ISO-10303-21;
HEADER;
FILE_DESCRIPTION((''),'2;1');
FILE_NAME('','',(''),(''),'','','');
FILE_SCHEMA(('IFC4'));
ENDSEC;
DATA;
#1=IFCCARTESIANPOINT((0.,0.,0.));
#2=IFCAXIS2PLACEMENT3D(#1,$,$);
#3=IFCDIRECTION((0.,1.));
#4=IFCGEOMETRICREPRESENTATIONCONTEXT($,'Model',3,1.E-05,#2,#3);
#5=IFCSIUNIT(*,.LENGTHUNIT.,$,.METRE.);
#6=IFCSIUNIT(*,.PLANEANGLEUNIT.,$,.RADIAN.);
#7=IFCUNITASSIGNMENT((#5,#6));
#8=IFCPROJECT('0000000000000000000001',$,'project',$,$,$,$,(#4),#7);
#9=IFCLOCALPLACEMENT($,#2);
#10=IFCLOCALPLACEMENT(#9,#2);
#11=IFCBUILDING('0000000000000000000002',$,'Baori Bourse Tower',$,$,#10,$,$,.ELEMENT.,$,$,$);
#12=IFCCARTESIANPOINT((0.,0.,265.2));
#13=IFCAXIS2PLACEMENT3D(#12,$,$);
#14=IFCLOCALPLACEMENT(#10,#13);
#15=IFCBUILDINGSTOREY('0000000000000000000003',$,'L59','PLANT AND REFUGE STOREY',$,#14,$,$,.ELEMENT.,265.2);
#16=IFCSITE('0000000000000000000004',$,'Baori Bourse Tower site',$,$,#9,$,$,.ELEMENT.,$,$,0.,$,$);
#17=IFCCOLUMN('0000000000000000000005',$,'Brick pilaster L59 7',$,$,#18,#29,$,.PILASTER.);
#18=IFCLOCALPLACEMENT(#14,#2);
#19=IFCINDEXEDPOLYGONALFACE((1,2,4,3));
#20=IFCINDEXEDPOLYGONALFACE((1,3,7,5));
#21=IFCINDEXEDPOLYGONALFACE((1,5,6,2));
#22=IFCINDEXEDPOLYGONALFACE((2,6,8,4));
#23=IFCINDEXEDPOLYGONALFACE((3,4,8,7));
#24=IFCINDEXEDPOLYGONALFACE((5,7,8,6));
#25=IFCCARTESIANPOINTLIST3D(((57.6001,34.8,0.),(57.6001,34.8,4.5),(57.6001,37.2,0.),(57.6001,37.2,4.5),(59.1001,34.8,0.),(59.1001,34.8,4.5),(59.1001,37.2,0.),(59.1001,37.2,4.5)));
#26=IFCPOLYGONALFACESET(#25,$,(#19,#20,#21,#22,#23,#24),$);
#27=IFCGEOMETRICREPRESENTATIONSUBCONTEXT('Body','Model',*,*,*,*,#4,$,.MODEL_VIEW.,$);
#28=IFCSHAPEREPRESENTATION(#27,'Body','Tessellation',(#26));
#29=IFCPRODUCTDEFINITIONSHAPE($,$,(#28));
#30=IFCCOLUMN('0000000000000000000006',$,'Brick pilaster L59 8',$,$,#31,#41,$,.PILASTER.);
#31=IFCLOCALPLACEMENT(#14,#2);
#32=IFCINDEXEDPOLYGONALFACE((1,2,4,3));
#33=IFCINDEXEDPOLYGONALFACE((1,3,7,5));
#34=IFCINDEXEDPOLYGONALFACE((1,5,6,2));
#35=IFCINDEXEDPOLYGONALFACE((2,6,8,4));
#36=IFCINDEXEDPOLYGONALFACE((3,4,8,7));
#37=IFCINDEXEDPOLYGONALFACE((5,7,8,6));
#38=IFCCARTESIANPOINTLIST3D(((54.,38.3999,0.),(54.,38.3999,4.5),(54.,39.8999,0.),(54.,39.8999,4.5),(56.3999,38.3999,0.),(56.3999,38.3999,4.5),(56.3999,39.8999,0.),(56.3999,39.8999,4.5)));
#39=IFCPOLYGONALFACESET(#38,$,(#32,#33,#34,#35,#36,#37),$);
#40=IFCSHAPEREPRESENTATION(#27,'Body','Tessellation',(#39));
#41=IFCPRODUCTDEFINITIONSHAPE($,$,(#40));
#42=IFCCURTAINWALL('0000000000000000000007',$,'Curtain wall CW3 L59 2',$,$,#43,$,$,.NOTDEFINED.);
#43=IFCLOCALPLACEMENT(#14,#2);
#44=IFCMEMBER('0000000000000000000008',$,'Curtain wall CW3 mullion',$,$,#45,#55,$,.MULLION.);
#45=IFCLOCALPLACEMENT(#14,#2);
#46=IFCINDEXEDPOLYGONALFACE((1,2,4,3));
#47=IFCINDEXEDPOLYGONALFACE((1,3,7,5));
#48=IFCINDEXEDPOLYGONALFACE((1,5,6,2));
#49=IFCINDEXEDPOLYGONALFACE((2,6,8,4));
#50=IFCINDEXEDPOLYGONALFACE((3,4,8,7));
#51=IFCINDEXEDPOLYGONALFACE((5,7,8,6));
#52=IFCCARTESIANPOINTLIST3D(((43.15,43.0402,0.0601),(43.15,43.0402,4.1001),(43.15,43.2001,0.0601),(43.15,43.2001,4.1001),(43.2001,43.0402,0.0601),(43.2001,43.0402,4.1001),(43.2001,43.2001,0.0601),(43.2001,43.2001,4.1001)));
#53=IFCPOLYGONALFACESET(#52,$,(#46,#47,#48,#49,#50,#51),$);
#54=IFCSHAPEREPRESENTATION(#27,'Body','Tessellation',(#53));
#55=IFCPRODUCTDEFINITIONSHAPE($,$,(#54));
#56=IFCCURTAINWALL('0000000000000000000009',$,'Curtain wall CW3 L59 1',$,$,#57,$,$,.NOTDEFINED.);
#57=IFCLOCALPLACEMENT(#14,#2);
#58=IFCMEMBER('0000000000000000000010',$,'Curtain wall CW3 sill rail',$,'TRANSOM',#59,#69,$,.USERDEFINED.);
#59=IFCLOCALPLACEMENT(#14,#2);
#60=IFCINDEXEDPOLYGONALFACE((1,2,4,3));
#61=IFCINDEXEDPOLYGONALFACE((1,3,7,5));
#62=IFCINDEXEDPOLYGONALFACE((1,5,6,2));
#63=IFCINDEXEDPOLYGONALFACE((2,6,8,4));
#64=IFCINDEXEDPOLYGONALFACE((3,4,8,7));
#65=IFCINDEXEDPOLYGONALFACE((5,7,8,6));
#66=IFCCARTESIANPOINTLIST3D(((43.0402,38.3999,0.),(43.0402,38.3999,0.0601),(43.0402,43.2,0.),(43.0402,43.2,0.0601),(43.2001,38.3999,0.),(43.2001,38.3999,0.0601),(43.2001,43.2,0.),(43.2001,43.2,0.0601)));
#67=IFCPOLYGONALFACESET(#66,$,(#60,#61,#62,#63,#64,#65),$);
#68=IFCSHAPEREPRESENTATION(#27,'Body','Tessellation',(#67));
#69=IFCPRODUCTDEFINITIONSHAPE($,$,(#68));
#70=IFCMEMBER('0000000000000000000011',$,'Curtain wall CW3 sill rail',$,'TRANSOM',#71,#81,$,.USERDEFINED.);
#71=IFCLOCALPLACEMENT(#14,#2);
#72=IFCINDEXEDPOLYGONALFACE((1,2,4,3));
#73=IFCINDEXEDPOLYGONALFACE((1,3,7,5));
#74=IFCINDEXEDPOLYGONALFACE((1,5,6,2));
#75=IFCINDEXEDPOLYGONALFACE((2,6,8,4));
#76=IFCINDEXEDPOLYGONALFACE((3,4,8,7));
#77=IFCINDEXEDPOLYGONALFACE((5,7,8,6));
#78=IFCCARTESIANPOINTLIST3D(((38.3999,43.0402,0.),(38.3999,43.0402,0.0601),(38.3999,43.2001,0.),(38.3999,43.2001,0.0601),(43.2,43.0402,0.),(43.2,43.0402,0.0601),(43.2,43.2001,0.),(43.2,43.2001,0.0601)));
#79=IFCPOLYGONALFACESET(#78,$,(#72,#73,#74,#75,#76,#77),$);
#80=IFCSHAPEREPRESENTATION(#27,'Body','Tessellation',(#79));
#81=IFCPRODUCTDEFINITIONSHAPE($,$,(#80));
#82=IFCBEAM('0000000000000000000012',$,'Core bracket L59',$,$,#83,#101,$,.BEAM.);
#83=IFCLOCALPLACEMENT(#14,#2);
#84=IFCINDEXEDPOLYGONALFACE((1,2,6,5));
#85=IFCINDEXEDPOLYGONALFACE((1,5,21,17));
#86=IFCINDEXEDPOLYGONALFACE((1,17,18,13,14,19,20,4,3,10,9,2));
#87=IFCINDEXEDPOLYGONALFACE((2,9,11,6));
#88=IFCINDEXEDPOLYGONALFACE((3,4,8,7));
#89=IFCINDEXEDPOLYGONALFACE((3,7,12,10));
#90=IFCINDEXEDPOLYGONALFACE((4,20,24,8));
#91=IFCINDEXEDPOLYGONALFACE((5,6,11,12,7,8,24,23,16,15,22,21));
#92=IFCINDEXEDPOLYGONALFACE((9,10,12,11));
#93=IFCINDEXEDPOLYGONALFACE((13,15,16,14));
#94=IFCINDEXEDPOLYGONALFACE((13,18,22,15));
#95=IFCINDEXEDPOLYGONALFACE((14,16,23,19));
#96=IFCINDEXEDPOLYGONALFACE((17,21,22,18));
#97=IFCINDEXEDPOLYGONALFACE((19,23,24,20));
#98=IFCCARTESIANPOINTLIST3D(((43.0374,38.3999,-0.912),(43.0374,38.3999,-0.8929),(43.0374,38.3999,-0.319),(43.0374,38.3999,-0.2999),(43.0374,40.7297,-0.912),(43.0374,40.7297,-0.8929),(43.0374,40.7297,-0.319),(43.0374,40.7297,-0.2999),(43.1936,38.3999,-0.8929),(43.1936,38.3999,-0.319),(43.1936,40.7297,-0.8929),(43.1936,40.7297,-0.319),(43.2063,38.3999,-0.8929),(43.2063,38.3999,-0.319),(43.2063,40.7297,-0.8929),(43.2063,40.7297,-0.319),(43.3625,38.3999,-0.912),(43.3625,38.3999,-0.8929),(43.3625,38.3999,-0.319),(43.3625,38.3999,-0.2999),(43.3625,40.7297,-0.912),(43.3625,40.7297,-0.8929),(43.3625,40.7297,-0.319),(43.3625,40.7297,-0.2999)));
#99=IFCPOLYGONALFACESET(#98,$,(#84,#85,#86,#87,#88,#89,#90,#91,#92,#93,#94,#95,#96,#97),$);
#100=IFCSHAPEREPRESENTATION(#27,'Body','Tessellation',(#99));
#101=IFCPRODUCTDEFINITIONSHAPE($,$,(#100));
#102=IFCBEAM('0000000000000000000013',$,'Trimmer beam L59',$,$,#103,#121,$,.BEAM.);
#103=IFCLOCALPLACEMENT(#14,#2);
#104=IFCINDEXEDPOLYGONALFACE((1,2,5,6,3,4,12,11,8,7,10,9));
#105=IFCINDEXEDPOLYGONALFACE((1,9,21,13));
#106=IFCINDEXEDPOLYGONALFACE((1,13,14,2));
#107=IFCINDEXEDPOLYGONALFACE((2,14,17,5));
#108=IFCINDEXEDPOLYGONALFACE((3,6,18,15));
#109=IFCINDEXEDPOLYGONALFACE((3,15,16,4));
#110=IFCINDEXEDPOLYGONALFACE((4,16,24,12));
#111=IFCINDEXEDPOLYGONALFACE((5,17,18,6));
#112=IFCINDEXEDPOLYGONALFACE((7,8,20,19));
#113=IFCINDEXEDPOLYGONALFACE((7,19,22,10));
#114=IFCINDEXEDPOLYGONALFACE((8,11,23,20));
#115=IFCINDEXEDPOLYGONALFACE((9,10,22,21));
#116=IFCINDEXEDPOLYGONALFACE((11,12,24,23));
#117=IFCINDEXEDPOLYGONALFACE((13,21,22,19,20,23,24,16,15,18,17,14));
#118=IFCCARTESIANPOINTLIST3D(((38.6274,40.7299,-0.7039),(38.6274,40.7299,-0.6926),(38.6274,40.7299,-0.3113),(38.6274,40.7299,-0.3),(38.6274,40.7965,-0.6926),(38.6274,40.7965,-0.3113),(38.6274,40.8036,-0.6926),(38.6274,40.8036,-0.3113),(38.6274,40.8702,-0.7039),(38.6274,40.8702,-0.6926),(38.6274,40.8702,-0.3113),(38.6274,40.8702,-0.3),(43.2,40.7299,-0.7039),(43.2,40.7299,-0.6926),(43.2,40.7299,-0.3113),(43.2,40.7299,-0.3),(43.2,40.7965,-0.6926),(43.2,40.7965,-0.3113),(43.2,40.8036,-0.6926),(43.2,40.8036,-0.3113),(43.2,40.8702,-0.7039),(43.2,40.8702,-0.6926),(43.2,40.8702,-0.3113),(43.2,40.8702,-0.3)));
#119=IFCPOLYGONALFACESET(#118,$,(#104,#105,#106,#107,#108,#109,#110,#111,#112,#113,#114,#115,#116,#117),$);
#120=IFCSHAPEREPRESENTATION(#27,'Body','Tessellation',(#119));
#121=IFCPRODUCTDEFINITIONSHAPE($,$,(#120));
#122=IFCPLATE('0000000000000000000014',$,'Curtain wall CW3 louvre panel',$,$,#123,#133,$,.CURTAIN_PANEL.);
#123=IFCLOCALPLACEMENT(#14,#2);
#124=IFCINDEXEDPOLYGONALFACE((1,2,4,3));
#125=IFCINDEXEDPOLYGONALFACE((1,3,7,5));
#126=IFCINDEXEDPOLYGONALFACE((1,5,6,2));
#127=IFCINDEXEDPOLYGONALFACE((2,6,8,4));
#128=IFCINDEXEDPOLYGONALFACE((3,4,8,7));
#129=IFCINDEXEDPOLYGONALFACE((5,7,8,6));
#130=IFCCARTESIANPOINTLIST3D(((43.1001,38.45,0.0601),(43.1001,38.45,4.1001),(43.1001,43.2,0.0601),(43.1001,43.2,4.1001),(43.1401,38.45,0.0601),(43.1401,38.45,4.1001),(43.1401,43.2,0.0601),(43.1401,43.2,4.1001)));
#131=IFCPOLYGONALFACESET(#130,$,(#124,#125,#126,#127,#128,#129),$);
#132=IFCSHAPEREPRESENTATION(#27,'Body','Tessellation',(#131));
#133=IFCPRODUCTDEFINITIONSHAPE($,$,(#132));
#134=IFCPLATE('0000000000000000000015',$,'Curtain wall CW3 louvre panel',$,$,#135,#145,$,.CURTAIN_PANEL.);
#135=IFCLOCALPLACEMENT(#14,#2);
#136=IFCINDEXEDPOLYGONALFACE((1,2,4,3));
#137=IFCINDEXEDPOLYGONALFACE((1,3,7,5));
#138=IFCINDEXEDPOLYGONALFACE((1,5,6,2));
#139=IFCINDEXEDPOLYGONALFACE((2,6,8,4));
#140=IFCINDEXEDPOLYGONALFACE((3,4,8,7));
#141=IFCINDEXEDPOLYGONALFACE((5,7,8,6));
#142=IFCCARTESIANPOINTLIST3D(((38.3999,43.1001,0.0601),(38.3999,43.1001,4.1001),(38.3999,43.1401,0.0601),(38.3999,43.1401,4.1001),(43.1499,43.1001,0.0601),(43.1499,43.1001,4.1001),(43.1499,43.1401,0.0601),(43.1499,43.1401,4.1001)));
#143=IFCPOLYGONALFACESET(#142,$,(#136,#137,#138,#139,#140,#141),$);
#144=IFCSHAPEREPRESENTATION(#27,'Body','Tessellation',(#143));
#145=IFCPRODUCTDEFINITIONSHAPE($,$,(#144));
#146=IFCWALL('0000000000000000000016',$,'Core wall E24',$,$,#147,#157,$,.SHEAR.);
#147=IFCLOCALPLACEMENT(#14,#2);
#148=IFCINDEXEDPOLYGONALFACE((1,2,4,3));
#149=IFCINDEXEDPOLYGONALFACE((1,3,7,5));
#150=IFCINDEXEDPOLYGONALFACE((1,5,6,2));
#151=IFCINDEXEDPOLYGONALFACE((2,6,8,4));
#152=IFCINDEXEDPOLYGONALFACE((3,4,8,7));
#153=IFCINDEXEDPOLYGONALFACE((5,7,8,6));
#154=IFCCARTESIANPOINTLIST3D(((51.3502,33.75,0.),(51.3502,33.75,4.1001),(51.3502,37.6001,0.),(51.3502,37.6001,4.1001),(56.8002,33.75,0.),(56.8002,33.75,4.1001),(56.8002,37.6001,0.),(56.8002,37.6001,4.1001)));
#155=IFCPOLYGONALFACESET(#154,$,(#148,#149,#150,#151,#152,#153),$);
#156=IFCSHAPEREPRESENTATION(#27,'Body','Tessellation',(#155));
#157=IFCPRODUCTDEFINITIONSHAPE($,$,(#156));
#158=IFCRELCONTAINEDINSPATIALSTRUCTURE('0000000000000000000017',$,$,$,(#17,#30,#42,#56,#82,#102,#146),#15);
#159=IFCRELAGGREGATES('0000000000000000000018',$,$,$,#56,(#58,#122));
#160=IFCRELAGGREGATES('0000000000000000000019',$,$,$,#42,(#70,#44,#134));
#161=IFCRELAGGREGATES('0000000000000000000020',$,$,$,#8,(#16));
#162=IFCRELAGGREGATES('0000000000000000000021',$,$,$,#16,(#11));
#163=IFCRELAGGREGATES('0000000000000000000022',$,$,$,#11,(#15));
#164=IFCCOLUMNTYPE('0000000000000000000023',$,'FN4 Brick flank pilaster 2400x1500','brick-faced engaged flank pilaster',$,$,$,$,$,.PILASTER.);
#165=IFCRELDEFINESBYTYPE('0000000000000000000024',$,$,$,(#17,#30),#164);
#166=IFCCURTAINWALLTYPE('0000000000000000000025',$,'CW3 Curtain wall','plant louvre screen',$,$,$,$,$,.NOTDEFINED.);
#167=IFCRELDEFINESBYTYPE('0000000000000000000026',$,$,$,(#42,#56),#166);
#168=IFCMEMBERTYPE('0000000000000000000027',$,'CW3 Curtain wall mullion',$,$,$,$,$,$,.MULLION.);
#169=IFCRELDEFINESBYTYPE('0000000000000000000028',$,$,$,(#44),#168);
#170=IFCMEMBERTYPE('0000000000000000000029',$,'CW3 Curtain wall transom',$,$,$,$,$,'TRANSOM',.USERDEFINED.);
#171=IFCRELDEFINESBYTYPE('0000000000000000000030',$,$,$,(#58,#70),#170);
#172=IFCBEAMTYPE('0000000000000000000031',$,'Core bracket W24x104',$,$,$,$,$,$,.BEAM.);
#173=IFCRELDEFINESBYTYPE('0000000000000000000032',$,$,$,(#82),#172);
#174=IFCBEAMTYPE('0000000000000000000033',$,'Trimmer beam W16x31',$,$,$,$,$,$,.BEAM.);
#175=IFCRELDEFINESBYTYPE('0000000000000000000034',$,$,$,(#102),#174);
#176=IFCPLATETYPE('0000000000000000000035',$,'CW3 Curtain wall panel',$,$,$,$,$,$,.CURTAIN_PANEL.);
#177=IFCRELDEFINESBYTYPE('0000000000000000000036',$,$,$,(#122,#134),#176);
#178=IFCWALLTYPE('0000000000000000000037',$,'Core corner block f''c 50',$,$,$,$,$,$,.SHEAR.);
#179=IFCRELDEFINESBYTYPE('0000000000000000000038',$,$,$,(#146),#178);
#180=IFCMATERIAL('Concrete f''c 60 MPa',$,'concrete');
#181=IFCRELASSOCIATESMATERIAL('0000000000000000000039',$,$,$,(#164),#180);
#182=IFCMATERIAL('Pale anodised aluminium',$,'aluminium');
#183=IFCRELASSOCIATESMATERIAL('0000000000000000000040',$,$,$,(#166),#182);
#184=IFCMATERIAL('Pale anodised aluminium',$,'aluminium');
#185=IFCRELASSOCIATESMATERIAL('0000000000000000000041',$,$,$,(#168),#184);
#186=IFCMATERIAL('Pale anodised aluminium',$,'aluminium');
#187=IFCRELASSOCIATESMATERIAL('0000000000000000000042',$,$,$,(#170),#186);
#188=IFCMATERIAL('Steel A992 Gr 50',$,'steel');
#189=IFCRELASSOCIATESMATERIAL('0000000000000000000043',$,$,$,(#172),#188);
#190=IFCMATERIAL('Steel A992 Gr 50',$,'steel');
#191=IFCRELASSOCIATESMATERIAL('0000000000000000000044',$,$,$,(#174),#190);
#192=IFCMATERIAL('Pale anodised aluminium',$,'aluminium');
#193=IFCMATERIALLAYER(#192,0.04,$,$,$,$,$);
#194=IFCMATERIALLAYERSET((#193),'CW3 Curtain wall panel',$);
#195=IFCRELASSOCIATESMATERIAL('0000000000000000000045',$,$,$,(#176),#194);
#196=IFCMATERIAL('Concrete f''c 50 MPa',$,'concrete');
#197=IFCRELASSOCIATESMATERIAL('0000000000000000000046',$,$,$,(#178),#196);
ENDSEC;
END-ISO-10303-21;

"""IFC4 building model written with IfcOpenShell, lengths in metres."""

from ifc_helpers import new_model, si_unit, direction, frame, frame_2d, origin, origin_2d, place, context, subcontext, project, spatial, rectangle, i_section, extrude, material, layer, layer_set, material_profile, profile_set, type_object, element, aggregate, save


model = new_model("IFC4")

# Units and contexts
model_context = context("Model", 3, precision=1e-05, world=origin(), true_north=direction((0.0, 1.0)))
body_context = subcontext(model_context, "Body", "Model", "MODEL_VIEW")
ifc_project = project(units=[si_unit("LENGTHUNIT", "METRE"), si_unit("PLANEANGLEUNIT", "RADIAN")], contexts=[model_context])

# Site, building, storey
site_placement = place(None, origin())
site = spatial("IfcSite", under=ifc_project, at=site_placement, Name="Baori Bourse Tower site", CompositionType="ELEMENT", RefElevation=0.0)
building_placement = place(site_placement, origin())
building = spatial("IfcBuilding", under=site, at=building_placement, Name="Baori Bourse Tower", CompositionType="ELEMENT")
storey_placement = place(building_placement, frame((0.0, 0.0, 265.2)))
storey = spatial("IfcBuildingStorey", under=building, at=storey_placement, Name="L59", Description="PLANT AND REFUGE STOREY", CompositionType="ELEMENT", Elevation=265.2)

# Columns
ifc_material_1 = material(Name="Concrete f'c 60 MPa", Category="concrete")
ifc_material_profile_1 = material_profile(ifc_material_1, rectangle(XDim=2.3999, YDim=1.5, at=origin_2d()), Name="RC 2400x1500")
ifc_profile_set_1 = profile_set([ifc_material_profile_1], Name="Concrete f'c 60 MPa")
column_type = type_object("IfcColumnType", Name="FN4 Brick flank pilaster 2400x1500", Description="brick-faced engaged flank pilaster", PredefinedType="PILASTER", material=ifc_profile_set_1)
for number, where, z_axis, x_axis, name in (
    (1, (58.3501, 36.0, 0.0), (0.0, 0.0, 1.0), (0.0, 1.0, 0.0), "Brick pilaster L59 7"),
    (2, (55.2, 39.1499, 0.0), (0.0, 0.0, 1.0), (1.0, 0.0, 0.0), "Brick pilaster L59 8"),
):
    element("IfcColumn", number, at=place(storey_placement, frame(where, z_axis=z_axis, x_axis=x_axis)), inside=storey, type_object=column_type, Name=name, PredefinedType="PILASTER", context=body_context, shape_type="SweptSolid", body=[
        extrude(rectangle(XDim=2.3999, YDim=1.5, at=origin_2d()), origin(), (0.0, 0.0, 1.0), 4.5),
    ])

# Curtain walls, members
ifc_material_2 = material(Name="Pale anodised aluminium", Category="aluminium")
curtain_wall_type = type_object("IfcCurtainWallType", Name="CW3 Curtain wall", Description="plant louvre screen", PredefinedType="NOTDEFINED", material=ifc_material_2)
curtain_wall_1_placement = place(storey_placement, origin())
curtain_wall_1 = element("IfcCurtainWall", 3, at=curtain_wall_1_placement, inside=storey, type_object=curtain_wall_type, Name="Curtain wall CW3 L59 2", PredefinedType="NOTDEFINED")
ifc_material_3 = material(Name="Pale anodised aluminium", Category="aluminium")
ifc_material_profile_2 = material_profile(ifc_material_3, rectangle(XDim=0.1599, YDim=0.05, at=origin_2d()), Name="Mullion 50x160")
ifc_profile_set_2 = profile_set([ifc_material_profile_2], Name="Pale anodised aluminium")
member_type_1 = type_object("IfcMemberType", Name="CW3 Curtain wall mullion", PredefinedType="MULLION", material=ifc_profile_set_2)
member_1_placement = place(storey_placement, frame((43.175, 43.1201, 0.0601), z_axis=(0.0, 0.0, 1.0), x_axis=(0.0, -1.0, 0.0)))
member_1 = element("IfcMember", 4, at=member_1_placement, type_object=member_type_1, Name="Curtain wall CW3 mullion", PredefinedType="MULLION", context=body_context, shape_type="SweptSolid", body=[
    extrude(rectangle(XDim=0.1599, YDim=0.05, at=origin_2d()), origin(), (0.0, 0.0, 1.0), 4.04),
])
curtain_wall_2_placement = place(storey_placement, origin())
curtain_wall_2 = element("IfcCurtainWall", 5, at=curtain_wall_2_placement, inside=storey, type_object=curtain_wall_type, Name="Curtain wall CW3 L59 1", PredefinedType="NOTDEFINED")
ifc_material_4 = material(Name="Pale anodised aluminium", Category="aluminium")
ifc_material_profile_3 = material_profile(ifc_material_4, rectangle(XDim=0.1599, YDim=0.0601, at=origin_2d()), Name="Transom 60x160")
ifc_profile_set_3 = profile_set([ifc_material_profile_3], Name="Pale anodised aluminium")
member_type_2 = type_object("IfcMemberType", Name="CW3 Curtain wall transom", ElementType="TRANSOM", PredefinedType="USERDEFINED", material=ifc_profile_set_3)
member_2_placement = place(storey_placement, frame((43.1201, 38.3999, 0.03), z_axis=(0.0, 1.0, 0.0), x_axis=(-1.0, 0.0, 0.0)))
member_2 = element("IfcMember", 6, at=member_2_placement, type_object=member_type_2, Name="Curtain wall CW3 sill rail", ObjectType="TRANSOM", PredefinedType="USERDEFINED", context=body_context, shape_type="SweptSolid", body=[
    extrude(rectangle(XDim=0.1599, YDim=0.0601, at=origin_2d()), origin(), (0.0, 0.0, 1.0), 4.8),
])

# Member
member_3_placement = place(storey_placement, frame((43.2, 43.1201, 0.03), z_axis=(-1.0, 0.0, 0.0), x_axis=(0.0, -1.0, 0.0)))
member_3 = element("IfcMember", 7, at=member_3_placement, type_object=member_type_2, Name="Curtain wall CW3 sill rail", ObjectType="TRANSOM", PredefinedType="USERDEFINED", context=body_context, shape_type="SweptSolid", body=[
    extrude(rectangle(XDim=0.1599, YDim=0.0601, at=origin_2d()), origin(), (0.0, 0.0, 1.0), 4.8),
])

# Beams
ifc_material_5 = material(Name="Steel A992 Gr 50", Category="steel")
ifc_material_profile_4 = material_profile(ifc_material_5, i_section(OverallWidth=0.3252, OverallDepth=0.6121, WebThickness=0.0127, FlangeThickness=0.019, at=origin_2d()), Name="W24x104")
ifc_profile_set_4 = profile_set([ifc_material_profile_4], Name="Steel A992 Gr 50")
beam_type_1 = type_object("IfcBeamType", Name="Core bracket W24x104", PredefinedType="BEAM", material=ifc_profile_set_4)
beam_1_placement = place(storey_placement, frame((43.2, 38.3999, -0.606), z_axis=(0.0, 1.0, 0.0), x_axis=(-1.0, 0.0, 0.0)))
element("IfcBeam", 8, at=beam_1_placement, inside=storey, type_object=beam_type_1, Name="Core bracket L59", PredefinedType="BEAM", context=body_context, shape_type="SweptSolid", body=[
    extrude(i_section(OverallWidth=0.3252, OverallDepth=0.6121, WebThickness=0.0127, FlangeThickness=0.019, at=origin_2d()), origin(), (0.0, 0.0, 1.0), 2.3298),
])
ifc_material_6 = material(Name="Steel A992 Gr 50", Category="steel")
ifc_material_profile_5 = material_profile(ifc_material_6, i_section(OverallWidth=0.1404, OverallDepth=0.4038, WebThickness=0.0071, FlangeThickness=0.0112, at=origin_2d()), Name="W16x31")
ifc_profile_set_5 = profile_set([ifc_material_profile_5], Name="Steel A992 Gr 50")
beam_type_2 = type_object("IfcBeamType", Name="Trimmer beam W16x31", PredefinedType="BEAM", material=ifc_profile_set_5)
beam_2_placement = place(storey_placement, frame((38.6274, 40.8, -0.502), z_axis=(1.0, 0.0, 0.0), x_axis=(0.0, 1.0, 0.0)))
element("IfcBeam", 9, at=beam_2_placement, inside=storey, type_object=beam_type_2, Name="Trimmer beam L59", PredefinedType="BEAM", context=body_context, shape_type="SweptSolid", body=[
    extrude(i_section(OverallWidth=0.1404, OverallDepth=0.4038, WebThickness=0.0071, FlangeThickness=0.0112, at=origin_2d()), origin(), (0.0, 0.0, 1.0), 4.5725),
])

# Plates
ifc_material_7 = material(Name="Pale anodised aluminium", Category="aluminium")
ifc_layer_1 = layer(ifc_material_7, 0.04)
ifc_layer_set_1 = layer_set([ifc_layer_1], Name="CW3 Curtain wall panel")
plate_type = type_object("IfcPlateType", Name="CW3 Curtain wall panel", PredefinedType="CURTAIN_PANEL", material=ifc_layer_set_1)
plate_1_placement = place(storey_placement, frame((43.1201, 40.825, 0.0601), z_axis=(0.0, 0.0, 1.0), x_axis=(0.0, 1.0, 0.0)))
plate_1 = element("IfcPlate", 10, at=plate_1_placement, type_object=plate_type, Name="Curtain wall CW3 louvre panel", PredefinedType="CURTAIN_PANEL", context=body_context, shape_type="SweptSolid", body=[
    extrude(rectangle(XDim=4.75, YDim=0.04, at=origin_2d()), origin(), (0.0, 0.0, 1.0), 4.04),
])
aggregate(curtain_wall_2, [member_2, plate_1])
plate_2_placement = place(storey_placement, frame((40.7749, 43.1201, 0.0601), z_axis=(0.0, 0.0, 1.0), x_axis=(-1.0, 0.0, 0.0)))
plate_2 = element("IfcPlate", 11, at=plate_2_placement, type_object=plate_type, Name="Curtain wall CW3 louvre panel", PredefinedType="CURTAIN_PANEL", context=body_context, shape_type="SweptSolid", body=[
    extrude(rectangle(XDim=4.75, YDim=0.04, at=origin_2d()), origin(), (0.0, 0.0, 1.0), 4.04),
])
aggregate(curtain_wall_1, [member_3, member_1, plate_2])

# Wall
ifc_material_8 = material(Name="Concrete f'c 50 MPa", Category="concrete")
wall_type_1 = type_object("IfcWallType", Name="Core corner block f'c 50", PredefinedType="SHEAR", material=ifc_material_8)
wall_1_placement = place(storey_placement, frame((51.3501, 35.675, 0.0), z_axis=(0.0, 0.0, 1.0), x_axis=(1.0, 0.0, 0.0)))
element("IfcWall", 12, at=wall_1_placement, inside=storey, type_object=wall_type_1, Name="Core wall E24", PredefinedType="SHEAR", context=body_context, shape_type="SweptSolid", body=[
    extrude(rectangle(XDim=5.45, YDim=3.8501, at=frame_2d((2.7251, 0.0))), origin(), (0.0, 0.0, 1.0), 4.1001),
])

save(model, "model.ifc")
